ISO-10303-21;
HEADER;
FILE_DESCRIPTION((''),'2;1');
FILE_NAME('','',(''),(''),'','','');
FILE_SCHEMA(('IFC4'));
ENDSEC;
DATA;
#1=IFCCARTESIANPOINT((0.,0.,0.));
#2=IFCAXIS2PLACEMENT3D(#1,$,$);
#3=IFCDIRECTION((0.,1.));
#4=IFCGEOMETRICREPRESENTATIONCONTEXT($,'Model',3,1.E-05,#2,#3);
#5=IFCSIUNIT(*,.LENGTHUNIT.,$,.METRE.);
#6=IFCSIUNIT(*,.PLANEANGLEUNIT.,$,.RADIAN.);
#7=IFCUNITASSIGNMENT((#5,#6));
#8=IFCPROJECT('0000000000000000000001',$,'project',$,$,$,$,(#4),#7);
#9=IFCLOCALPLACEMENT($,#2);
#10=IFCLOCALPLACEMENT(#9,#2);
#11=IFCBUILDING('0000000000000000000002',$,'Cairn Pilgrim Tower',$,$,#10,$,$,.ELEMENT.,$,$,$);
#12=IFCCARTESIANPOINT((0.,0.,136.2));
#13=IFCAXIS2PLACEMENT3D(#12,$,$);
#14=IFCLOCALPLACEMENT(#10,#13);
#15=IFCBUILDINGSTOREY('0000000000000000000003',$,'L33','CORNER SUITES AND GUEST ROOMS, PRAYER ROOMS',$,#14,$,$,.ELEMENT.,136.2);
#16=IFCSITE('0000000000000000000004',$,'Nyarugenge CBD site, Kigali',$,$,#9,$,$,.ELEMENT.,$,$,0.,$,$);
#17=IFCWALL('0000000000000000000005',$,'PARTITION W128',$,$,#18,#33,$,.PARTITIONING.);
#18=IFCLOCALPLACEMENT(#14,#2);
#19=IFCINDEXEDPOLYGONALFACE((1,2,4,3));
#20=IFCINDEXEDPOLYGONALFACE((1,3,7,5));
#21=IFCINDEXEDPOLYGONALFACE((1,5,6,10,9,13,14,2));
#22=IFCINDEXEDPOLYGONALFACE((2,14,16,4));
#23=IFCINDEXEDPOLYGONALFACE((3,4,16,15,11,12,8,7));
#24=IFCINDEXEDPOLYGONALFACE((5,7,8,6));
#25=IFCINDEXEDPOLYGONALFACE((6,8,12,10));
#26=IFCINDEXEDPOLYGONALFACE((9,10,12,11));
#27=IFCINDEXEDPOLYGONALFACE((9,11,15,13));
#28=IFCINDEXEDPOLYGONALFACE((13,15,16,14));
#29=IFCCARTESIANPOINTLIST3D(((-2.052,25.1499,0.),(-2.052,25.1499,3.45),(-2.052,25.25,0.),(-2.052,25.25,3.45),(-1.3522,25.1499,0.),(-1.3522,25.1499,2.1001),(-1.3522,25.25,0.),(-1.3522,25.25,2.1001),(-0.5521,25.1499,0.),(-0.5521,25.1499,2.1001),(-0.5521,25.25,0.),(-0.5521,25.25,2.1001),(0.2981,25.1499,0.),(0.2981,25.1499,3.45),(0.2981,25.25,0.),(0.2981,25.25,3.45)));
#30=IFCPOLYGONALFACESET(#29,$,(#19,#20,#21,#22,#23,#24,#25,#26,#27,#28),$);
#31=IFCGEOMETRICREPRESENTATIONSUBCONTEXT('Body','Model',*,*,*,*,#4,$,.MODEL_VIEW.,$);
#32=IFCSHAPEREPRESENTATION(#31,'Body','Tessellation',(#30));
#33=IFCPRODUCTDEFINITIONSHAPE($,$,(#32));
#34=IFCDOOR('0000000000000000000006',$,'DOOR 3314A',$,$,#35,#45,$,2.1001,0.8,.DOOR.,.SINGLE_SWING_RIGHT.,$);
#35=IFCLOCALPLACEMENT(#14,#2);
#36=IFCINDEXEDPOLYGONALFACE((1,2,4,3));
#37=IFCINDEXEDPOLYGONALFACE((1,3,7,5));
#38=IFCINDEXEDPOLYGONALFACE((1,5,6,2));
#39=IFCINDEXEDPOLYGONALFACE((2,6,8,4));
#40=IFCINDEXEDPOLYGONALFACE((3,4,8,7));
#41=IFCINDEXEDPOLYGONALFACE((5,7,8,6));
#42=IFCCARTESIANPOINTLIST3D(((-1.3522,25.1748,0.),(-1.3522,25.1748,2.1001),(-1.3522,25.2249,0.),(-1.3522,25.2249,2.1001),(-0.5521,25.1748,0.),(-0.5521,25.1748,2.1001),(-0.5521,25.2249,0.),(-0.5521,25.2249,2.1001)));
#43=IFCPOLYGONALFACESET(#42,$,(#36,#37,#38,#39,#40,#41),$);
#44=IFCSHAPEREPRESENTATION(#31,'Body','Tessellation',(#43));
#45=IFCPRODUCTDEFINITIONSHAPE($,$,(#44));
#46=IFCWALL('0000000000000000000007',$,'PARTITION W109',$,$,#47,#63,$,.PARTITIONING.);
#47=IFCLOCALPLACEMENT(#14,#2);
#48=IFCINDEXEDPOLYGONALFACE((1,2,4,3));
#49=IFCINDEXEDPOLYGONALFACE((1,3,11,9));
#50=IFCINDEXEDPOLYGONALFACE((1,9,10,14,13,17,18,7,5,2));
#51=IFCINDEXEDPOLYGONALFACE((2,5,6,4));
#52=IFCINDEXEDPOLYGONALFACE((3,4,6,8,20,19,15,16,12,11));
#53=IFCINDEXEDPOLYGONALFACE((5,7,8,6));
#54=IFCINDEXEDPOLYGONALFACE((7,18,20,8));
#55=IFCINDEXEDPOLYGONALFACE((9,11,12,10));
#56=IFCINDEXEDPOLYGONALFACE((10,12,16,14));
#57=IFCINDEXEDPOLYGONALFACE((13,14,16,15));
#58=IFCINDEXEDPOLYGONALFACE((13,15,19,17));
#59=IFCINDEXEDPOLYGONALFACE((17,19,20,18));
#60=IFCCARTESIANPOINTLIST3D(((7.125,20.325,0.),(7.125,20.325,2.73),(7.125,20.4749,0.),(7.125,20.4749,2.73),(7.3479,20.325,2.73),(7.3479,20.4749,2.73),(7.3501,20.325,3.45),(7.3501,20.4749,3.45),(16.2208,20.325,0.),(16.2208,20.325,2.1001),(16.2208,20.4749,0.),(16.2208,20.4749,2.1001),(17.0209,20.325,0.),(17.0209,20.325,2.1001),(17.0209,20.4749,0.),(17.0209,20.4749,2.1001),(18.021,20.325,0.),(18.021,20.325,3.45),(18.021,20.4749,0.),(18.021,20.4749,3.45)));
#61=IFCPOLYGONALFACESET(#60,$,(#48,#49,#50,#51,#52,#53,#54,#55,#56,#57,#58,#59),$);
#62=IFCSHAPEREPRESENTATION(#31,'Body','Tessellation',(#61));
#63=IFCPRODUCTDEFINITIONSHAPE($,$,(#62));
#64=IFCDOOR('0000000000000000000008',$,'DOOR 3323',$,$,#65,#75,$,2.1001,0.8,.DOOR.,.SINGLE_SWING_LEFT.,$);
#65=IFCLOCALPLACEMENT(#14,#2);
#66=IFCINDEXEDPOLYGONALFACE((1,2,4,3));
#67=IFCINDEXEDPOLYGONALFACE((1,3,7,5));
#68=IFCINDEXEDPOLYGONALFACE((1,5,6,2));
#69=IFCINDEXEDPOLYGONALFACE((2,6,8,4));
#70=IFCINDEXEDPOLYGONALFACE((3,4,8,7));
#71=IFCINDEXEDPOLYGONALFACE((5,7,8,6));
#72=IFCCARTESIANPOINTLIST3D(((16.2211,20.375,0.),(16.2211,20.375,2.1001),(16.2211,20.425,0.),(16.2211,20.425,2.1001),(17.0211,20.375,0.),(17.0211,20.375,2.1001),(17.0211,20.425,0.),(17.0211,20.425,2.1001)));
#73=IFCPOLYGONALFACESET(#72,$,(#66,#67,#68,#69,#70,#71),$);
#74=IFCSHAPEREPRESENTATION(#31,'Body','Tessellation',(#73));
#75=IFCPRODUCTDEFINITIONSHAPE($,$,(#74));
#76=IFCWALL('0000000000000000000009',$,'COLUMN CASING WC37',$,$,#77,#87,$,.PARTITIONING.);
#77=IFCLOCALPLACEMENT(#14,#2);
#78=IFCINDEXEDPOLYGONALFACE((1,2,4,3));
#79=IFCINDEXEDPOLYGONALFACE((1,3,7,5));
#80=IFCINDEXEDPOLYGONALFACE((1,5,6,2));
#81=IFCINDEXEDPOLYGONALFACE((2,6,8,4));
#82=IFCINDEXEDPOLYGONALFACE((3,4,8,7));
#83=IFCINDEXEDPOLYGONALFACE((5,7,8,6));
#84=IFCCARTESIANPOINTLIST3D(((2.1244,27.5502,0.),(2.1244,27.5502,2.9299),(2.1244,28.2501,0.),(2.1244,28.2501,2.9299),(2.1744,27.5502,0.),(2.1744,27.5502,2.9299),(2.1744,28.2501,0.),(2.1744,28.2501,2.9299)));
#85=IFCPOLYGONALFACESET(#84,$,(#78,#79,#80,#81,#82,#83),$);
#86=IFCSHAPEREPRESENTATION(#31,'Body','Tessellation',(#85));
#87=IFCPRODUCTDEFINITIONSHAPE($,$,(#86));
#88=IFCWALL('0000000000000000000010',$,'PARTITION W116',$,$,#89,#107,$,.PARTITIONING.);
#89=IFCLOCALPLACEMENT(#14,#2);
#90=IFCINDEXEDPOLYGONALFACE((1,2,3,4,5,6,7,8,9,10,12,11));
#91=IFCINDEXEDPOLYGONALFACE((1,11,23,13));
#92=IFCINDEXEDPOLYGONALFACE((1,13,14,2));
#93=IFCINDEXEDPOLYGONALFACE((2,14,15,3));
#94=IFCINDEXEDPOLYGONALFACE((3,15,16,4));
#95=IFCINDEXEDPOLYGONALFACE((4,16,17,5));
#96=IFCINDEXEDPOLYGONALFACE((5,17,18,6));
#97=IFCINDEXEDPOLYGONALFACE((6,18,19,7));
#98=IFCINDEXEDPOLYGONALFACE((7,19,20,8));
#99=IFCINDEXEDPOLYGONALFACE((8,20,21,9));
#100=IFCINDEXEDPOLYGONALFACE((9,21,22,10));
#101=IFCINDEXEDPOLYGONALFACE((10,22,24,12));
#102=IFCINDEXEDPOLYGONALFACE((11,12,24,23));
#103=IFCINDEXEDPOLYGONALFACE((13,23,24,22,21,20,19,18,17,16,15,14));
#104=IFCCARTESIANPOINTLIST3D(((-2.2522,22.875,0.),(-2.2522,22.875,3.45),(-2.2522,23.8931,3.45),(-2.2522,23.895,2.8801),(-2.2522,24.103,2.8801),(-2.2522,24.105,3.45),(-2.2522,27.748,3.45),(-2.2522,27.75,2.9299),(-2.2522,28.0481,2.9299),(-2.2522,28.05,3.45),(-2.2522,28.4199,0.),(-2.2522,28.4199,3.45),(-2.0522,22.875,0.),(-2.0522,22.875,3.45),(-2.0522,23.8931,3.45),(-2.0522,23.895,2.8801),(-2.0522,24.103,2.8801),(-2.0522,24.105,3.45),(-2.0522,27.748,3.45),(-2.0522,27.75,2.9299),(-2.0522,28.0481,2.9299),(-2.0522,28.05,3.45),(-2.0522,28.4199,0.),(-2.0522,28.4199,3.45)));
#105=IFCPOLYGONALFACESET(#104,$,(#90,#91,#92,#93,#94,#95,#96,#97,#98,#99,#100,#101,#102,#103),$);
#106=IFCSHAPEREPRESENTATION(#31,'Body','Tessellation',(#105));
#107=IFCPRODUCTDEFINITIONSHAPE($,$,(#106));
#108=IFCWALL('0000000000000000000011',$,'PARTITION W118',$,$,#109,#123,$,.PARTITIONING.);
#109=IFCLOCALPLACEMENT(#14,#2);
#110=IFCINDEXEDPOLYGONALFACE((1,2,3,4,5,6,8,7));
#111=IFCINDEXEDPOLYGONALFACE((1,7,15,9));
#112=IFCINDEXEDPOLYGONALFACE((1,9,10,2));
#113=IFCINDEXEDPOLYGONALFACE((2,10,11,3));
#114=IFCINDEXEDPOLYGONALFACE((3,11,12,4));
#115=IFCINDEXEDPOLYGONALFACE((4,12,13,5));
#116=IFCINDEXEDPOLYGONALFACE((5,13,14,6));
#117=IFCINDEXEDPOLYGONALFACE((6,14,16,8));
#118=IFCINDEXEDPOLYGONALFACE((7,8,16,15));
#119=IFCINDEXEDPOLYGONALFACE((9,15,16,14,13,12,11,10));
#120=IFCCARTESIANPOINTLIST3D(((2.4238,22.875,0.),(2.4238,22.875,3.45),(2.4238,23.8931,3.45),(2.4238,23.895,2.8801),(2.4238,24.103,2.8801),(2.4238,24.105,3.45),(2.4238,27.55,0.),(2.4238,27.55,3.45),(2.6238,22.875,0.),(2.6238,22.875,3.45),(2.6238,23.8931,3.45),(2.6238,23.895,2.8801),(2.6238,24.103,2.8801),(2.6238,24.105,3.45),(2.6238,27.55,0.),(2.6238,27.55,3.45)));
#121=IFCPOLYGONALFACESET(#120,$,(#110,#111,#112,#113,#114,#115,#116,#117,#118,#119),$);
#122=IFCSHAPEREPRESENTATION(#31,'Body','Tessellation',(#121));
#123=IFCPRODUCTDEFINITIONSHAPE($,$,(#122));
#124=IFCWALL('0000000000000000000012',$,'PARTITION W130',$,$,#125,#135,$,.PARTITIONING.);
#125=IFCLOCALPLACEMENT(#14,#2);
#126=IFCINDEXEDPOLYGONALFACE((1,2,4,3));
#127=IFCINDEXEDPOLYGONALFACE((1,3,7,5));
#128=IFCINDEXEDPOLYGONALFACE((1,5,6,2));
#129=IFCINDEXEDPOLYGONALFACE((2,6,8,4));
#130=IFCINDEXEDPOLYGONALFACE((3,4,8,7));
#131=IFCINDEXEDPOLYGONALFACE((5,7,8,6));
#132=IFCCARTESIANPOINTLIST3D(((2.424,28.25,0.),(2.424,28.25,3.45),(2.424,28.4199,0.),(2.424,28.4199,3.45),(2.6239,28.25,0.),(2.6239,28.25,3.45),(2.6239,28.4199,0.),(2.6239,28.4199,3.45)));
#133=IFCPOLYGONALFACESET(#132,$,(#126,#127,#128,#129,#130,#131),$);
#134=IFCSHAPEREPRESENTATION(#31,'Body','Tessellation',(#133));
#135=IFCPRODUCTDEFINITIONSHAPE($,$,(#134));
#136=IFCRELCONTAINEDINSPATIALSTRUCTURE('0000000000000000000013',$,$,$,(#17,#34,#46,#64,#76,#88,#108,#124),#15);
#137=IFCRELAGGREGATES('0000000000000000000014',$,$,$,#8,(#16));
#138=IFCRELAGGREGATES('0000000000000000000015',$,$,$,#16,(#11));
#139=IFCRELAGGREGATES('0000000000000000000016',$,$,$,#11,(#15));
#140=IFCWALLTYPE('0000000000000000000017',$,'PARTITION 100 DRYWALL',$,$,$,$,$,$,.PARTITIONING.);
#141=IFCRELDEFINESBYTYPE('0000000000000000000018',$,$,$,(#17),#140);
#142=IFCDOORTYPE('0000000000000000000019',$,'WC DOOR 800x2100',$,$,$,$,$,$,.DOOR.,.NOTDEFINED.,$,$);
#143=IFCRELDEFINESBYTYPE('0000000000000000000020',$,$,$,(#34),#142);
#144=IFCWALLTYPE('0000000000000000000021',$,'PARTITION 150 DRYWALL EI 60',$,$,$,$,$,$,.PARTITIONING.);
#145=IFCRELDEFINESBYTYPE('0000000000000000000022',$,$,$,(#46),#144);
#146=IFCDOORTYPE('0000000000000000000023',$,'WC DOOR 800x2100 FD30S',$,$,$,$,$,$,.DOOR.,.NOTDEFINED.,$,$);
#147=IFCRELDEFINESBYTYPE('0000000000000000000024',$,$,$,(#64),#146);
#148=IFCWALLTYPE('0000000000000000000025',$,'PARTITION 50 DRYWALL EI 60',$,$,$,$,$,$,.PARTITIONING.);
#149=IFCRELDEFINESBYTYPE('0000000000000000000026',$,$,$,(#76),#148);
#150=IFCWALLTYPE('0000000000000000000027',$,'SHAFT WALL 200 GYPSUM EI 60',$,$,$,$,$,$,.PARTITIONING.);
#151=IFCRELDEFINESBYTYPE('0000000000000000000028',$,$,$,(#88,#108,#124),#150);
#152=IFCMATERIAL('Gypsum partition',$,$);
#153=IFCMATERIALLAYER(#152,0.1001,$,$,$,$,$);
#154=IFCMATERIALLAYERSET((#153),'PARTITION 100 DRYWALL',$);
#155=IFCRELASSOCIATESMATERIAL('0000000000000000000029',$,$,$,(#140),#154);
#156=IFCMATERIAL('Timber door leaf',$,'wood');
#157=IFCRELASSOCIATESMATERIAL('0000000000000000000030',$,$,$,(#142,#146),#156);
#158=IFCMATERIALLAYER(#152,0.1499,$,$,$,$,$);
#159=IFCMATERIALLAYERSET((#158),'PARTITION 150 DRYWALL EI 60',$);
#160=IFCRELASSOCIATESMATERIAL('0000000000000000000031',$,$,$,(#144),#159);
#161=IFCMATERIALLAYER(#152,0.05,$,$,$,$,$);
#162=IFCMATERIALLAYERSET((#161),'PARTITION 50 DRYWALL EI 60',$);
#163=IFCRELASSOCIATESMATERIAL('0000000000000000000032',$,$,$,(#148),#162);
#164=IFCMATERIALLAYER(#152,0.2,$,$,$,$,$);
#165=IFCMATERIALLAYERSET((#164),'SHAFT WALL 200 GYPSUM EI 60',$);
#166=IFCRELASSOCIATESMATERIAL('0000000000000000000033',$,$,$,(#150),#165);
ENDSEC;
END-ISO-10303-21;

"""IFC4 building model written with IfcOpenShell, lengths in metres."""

from ifc_helpers import new_model, si_unit, direction, frame, frame_2d, origin, place, context, subcontext, project, spatial, polyline, rectangle, outline, extrude, material, layer, layer_set, type_object, element, fill, save


model = new_model("IFC4")

# Units and contexts
model_context = context("Model", 3, precision=1e-05, world=origin(), true_north=direction((0.0, 1.0)))
body_context = subcontext(model_context, "Body", "Model", "MODEL_VIEW")
ifc_project = project(units=[si_unit("LENGTHUNIT", "METRE"), si_unit("PLANEANGLEUNIT", "RADIAN")], contexts=[model_context])

# Site, building, storey
site_placement = place(None, origin())
site = spatial("IfcSite", under=ifc_project, at=site_placement, Name="Nyarugenge CBD site, Kigali", CompositionType="ELEMENT", RefElevation=0.0)
building_placement = place(site_placement, origin())
building = spatial("IfcBuilding", under=site, at=building_placement, Name="Cairn Pilgrim Tower", CompositionType="ELEMENT")
storey_placement = place(building_placement, frame((0.0, 0.0, 136.2)))
storey = spatial("IfcBuildingStorey", under=building, at=storey_placement, Name="L33", Description="CORNER SUITES AND GUEST ROOMS, PRAYER ROOMS", CompositionType="ELEMENT", Elevation=136.2)

# Shared definitions
ifc_material_1 = material(Name="Gypsum partition")
ifc_layer_1 = layer(ifc_material_1, 0.1001)
ifc_layer_set_1 = layer_set([ifc_layer_1], Name="PARTITION 100 DRYWALL")
wall_type_1 = type_object("IfcWallType", Name="PARTITION 100 DRYWALL", PredefinedType="PARTITIONING", material=ifc_layer_set_1)

# Walls, openings, doors
ifc_material_2 = material(Name="Timber door leaf", Category="wood")
door_type_1 = type_object("IfcDoorType", Name="WC DOOR 800x2100", OperationType="NOTDEFINED", PredefinedType="DOOR", material=ifc_material_2)
wall_1_placement = place(storey_placement, frame((-2.052, 25.2, 0.0), z_axis=(0.0, 0.0, 1.0), x_axis=(1.0, 0.0, 0.0)))
wall_1 = element("IfcWall", 1, at=wall_1_placement, inside=storey, type_object=wall_type_1, Name="PARTITION W128", PredefinedType="PARTITIONING", context=body_context, shape_type="SweptSolid", body=[
    extrude(rectangle(XDim=2.3501, YDim=0.1001, at=frame_2d((1.175, 0.0))), origin(), (0.0, 0.0, 1.0), 3.45),
])
opening_1_placement = place(wall_1_placement, frame((0.7, 0.0, 0.0)))
opening_1 = element("IfcOpeningElement", 2, at=opening_1_placement, cuts=wall_1, PredefinedType="OPENING", context=body_context, shape_type="SweptSolid", body=[
    extrude(rectangle(XDim=0.8, YDim=2.1001, at=frame_2d((0.3999, 1.05))), frame((0.0, 0.0601, 0.0), z_axis=(0.0, -1.0, 0.0), x_axis=(1.0, 0.0, 0.0)), (0.0, 0.0, 1.0), 0.1201),
])
door_1_placement = place(opening_1_placement, origin())
door_1 = element("IfcDoor", 3, at=door_1_placement, inside=storey, type_object=door_type_1, Name="DOOR 3314A", OperationType="SINGLE_SWING_RIGHT", OverallHeight=2.1001, OverallWidth=0.8, PredefinedType="DOOR", context=body_context, shape_type="SweptSolid", body=[
    extrude(rectangle(XDim=0.8, YDim=2.1001, at=frame_2d((0.3999, 1.05))), frame((0.0, 0.0249, 0.0), z_axis=(0.0, -1.0, 0.0), x_axis=(1.0, 0.0, 0.0)), (0.0, 0.0, 1.0), 0.05),
])
fill(opening_1, door_1)
ifc_layer_2 = layer(ifc_material_1, 0.1499)
ifc_layer_set_2 = layer_set([ifc_layer_2], Name="PARTITION 150 DRYWALL EI 60")
wall_type_2 = type_object("IfcWallType", Name="PARTITION 150 DRYWALL EI 60", PredefinedType="PARTITIONING", material=ifc_layer_set_2)
wall_2_placement = place(storey_placement, frame((7.125, 20.3999, 0.0), z_axis=(0.0, 0.0, 1.0), x_axis=(1.0, 0.0, 0.0)))
wall_2 = element("IfcWall", 4, at=wall_2_placement, inside=storey, type_object=wall_type_2, Name="PARTITION W109", PredefinedType="PARTITIONING", context=body_context, shape_type="SweptSolid", body=[
    extrude(outline(polyline([(0.0, 0.0), (10.896, 0.0), (10.896, 3.45), (0.2251, 3.45), (0.2229, 2.73), (0.0, 2.73), (0.0, 0.0)])), frame((0.0, 0.075, 0.0), z_axis=(0.0, -1.0, 0.0), x_axis=(1.0, 0.0, 0.0)), (0.0, 0.0, 1.0), 0.1499),
])
opening_2_placement = place(wall_2_placement, frame((9.0959, 0.0, 0.0)))
opening_2 = element("IfcOpeningElement", 5, at=opening_2_placement, cuts=wall_2, PredefinedType="OPENING", context=body_context, shape_type="SweptSolid", body=[
    extrude(rectangle(XDim=0.8, YDim=2.1001, at=frame_2d((0.3999, 1.05))), frame((0.0, 0.085, 0.0), z_axis=(0.0, -1.0, 0.0), x_axis=(1.0, 0.0, 0.0)), (0.0, 0.0, 1.0), 0.1699),
])
door_type_2 = type_object("IfcDoorType", Name="WC DOOR 800x2100 FD30S", OperationType="NOTDEFINED", PredefinedType="DOOR", material=ifc_material_2)
door_2_placement = place(opening_2_placement, frame((0.8, 0.0, 0.0), z_axis=(0.0, 0.0, 1.0), x_axis=(-1.0, 0.0, 0.0)))
door_2 = element("IfcDoor", 6, at=door_2_placement, inside=storey, type_object=door_type_2, Name="DOOR 3323", OperationType="SINGLE_SWING_LEFT", OverallHeight=2.1001, OverallWidth=0.8, PredefinedType="DOOR", context=body_context, shape_type="SweptSolid", body=[
    extrude(rectangle(XDim=0.8, YDim=2.1001, at=frame_2d((0.3999, 1.05))), frame((0.0, 0.0249, 0.0), z_axis=(0.0, -1.0, 0.0), x_axis=(1.0, 0.0, 0.0)), (0.0, 0.0, 1.0), 0.05),
])
fill(opening_2, door_2)

# Walls
ifc_layer_3 = layer(ifc_material_1, 0.05)
ifc_layer_set_3 = layer_set([ifc_layer_3], Name="PARTITION 50 DRYWALL EI 60")
wall_type_3 = type_object("IfcWallType", Name="PARTITION 50 DRYWALL EI 60", PredefinedType="PARTITIONING", material=ifc_layer_set_3)
wall_3_placement = place(storey_placement, frame((2.1494, 27.55, 0.0), z_axis=(0.0, 0.0, 1.0), x_axis=(0.0, 1.0, 0.0)))
element("IfcWall", 7, at=wall_3_placement, inside=storey, type_object=wall_type_3, Name="COLUMN CASING WC37", PredefinedType="PARTITIONING", context=body_context, shape_type="SweptSolid", body=[
    extrude(rectangle(XDim=0.7, YDim=0.05, at=frame_2d((0.3501, 0.0))), origin(), (0.0, 0.0, 1.0), 2.9299),
])
ifc_layer_4 = layer(ifc_material_1, 0.2)
ifc_layer_set_4 = layer_set([ifc_layer_4], Name="SHAFT WALL 200 GYPSUM EI 60")
wall_type_4 = type_object("IfcWallType", Name="SHAFT WALL 200 GYPSUM EI 60", PredefinedType="PARTITIONING", material=ifc_layer_set_4)
wall_4_placement = place(storey_placement, frame((-2.1521, 22.875, 0.0), z_axis=(0.0, 0.0, 1.0), x_axis=(0.0, 1.0, 0.0)))
element("IfcWall", 8, at=wall_4_placement, inside=storey, type_object=wall_type_4, Name="PARTITION W116", PredefinedType="PARTITIONING", context=body_context, shape_type="SweptSolid", body=[
    extrude(outline(polyline([(0.0, 0.0), (5.5449, 0.0), (5.5449, 3.45), (5.175, 3.45), (5.1731, 2.9299), (4.875, 2.9299), (4.873, 3.45), (1.23, 3.45), (1.228, 2.8801), (1.02, 2.8801), (1.0181, 3.45), (0.0, 3.45), (0.0, 0.0)])), frame((0.0, 0.1001, 0.0), z_axis=(0.0, -1.0, 0.0), x_axis=(1.0, 0.0, 0.0)), (0.0, 0.0, 1.0), 0.2),
])
wall_5_placement = place(storey_placement, frame((2.5239, 22.875, 0.0), z_axis=(0.0, 0.0, 1.0), x_axis=(0.0, 1.0, 0.0)))
element("IfcWall", 9, at=wall_5_placement, inside=storey, type_object=wall_type_4, Name="PARTITION W118", PredefinedType="PARTITIONING", context=body_context, shape_type="SweptSolid", body=[
    extrude(outline(polyline([(0.0, 0.0), (4.675, 0.0), (4.675, 3.45), (1.23, 3.45), (1.228, 2.8801), (1.02, 2.8801), (1.0181, 3.45), (0.0, 3.45), (0.0, 0.0)])), frame((0.0, 0.1001, 0.0), z_axis=(0.0, -1.0, 0.0), x_axis=(1.0, 0.0, 0.0)), (0.0, 0.0, 1.0), 0.2),
])
wall_6_placement = place(storey_placement, frame((2.5239, 28.25, 0.0), z_axis=(0.0, 0.0, 1.0), x_axis=(0.0, 1.0, 0.0)))
element("IfcWall", 10, at=wall_6_placement, inside=storey, type_object=wall_type_4, Name="PARTITION W130", PredefinedType="PARTITIONING", context=body_context, shape_type="SweptSolid", body=[
    extrude(rectangle(XDim=0.1699, YDim=0.2, at=frame_2d((0.085, 0.0))), origin(), (0.0, 0.0, 1.0), 3.45),
])

save(model, "model.ifc")
